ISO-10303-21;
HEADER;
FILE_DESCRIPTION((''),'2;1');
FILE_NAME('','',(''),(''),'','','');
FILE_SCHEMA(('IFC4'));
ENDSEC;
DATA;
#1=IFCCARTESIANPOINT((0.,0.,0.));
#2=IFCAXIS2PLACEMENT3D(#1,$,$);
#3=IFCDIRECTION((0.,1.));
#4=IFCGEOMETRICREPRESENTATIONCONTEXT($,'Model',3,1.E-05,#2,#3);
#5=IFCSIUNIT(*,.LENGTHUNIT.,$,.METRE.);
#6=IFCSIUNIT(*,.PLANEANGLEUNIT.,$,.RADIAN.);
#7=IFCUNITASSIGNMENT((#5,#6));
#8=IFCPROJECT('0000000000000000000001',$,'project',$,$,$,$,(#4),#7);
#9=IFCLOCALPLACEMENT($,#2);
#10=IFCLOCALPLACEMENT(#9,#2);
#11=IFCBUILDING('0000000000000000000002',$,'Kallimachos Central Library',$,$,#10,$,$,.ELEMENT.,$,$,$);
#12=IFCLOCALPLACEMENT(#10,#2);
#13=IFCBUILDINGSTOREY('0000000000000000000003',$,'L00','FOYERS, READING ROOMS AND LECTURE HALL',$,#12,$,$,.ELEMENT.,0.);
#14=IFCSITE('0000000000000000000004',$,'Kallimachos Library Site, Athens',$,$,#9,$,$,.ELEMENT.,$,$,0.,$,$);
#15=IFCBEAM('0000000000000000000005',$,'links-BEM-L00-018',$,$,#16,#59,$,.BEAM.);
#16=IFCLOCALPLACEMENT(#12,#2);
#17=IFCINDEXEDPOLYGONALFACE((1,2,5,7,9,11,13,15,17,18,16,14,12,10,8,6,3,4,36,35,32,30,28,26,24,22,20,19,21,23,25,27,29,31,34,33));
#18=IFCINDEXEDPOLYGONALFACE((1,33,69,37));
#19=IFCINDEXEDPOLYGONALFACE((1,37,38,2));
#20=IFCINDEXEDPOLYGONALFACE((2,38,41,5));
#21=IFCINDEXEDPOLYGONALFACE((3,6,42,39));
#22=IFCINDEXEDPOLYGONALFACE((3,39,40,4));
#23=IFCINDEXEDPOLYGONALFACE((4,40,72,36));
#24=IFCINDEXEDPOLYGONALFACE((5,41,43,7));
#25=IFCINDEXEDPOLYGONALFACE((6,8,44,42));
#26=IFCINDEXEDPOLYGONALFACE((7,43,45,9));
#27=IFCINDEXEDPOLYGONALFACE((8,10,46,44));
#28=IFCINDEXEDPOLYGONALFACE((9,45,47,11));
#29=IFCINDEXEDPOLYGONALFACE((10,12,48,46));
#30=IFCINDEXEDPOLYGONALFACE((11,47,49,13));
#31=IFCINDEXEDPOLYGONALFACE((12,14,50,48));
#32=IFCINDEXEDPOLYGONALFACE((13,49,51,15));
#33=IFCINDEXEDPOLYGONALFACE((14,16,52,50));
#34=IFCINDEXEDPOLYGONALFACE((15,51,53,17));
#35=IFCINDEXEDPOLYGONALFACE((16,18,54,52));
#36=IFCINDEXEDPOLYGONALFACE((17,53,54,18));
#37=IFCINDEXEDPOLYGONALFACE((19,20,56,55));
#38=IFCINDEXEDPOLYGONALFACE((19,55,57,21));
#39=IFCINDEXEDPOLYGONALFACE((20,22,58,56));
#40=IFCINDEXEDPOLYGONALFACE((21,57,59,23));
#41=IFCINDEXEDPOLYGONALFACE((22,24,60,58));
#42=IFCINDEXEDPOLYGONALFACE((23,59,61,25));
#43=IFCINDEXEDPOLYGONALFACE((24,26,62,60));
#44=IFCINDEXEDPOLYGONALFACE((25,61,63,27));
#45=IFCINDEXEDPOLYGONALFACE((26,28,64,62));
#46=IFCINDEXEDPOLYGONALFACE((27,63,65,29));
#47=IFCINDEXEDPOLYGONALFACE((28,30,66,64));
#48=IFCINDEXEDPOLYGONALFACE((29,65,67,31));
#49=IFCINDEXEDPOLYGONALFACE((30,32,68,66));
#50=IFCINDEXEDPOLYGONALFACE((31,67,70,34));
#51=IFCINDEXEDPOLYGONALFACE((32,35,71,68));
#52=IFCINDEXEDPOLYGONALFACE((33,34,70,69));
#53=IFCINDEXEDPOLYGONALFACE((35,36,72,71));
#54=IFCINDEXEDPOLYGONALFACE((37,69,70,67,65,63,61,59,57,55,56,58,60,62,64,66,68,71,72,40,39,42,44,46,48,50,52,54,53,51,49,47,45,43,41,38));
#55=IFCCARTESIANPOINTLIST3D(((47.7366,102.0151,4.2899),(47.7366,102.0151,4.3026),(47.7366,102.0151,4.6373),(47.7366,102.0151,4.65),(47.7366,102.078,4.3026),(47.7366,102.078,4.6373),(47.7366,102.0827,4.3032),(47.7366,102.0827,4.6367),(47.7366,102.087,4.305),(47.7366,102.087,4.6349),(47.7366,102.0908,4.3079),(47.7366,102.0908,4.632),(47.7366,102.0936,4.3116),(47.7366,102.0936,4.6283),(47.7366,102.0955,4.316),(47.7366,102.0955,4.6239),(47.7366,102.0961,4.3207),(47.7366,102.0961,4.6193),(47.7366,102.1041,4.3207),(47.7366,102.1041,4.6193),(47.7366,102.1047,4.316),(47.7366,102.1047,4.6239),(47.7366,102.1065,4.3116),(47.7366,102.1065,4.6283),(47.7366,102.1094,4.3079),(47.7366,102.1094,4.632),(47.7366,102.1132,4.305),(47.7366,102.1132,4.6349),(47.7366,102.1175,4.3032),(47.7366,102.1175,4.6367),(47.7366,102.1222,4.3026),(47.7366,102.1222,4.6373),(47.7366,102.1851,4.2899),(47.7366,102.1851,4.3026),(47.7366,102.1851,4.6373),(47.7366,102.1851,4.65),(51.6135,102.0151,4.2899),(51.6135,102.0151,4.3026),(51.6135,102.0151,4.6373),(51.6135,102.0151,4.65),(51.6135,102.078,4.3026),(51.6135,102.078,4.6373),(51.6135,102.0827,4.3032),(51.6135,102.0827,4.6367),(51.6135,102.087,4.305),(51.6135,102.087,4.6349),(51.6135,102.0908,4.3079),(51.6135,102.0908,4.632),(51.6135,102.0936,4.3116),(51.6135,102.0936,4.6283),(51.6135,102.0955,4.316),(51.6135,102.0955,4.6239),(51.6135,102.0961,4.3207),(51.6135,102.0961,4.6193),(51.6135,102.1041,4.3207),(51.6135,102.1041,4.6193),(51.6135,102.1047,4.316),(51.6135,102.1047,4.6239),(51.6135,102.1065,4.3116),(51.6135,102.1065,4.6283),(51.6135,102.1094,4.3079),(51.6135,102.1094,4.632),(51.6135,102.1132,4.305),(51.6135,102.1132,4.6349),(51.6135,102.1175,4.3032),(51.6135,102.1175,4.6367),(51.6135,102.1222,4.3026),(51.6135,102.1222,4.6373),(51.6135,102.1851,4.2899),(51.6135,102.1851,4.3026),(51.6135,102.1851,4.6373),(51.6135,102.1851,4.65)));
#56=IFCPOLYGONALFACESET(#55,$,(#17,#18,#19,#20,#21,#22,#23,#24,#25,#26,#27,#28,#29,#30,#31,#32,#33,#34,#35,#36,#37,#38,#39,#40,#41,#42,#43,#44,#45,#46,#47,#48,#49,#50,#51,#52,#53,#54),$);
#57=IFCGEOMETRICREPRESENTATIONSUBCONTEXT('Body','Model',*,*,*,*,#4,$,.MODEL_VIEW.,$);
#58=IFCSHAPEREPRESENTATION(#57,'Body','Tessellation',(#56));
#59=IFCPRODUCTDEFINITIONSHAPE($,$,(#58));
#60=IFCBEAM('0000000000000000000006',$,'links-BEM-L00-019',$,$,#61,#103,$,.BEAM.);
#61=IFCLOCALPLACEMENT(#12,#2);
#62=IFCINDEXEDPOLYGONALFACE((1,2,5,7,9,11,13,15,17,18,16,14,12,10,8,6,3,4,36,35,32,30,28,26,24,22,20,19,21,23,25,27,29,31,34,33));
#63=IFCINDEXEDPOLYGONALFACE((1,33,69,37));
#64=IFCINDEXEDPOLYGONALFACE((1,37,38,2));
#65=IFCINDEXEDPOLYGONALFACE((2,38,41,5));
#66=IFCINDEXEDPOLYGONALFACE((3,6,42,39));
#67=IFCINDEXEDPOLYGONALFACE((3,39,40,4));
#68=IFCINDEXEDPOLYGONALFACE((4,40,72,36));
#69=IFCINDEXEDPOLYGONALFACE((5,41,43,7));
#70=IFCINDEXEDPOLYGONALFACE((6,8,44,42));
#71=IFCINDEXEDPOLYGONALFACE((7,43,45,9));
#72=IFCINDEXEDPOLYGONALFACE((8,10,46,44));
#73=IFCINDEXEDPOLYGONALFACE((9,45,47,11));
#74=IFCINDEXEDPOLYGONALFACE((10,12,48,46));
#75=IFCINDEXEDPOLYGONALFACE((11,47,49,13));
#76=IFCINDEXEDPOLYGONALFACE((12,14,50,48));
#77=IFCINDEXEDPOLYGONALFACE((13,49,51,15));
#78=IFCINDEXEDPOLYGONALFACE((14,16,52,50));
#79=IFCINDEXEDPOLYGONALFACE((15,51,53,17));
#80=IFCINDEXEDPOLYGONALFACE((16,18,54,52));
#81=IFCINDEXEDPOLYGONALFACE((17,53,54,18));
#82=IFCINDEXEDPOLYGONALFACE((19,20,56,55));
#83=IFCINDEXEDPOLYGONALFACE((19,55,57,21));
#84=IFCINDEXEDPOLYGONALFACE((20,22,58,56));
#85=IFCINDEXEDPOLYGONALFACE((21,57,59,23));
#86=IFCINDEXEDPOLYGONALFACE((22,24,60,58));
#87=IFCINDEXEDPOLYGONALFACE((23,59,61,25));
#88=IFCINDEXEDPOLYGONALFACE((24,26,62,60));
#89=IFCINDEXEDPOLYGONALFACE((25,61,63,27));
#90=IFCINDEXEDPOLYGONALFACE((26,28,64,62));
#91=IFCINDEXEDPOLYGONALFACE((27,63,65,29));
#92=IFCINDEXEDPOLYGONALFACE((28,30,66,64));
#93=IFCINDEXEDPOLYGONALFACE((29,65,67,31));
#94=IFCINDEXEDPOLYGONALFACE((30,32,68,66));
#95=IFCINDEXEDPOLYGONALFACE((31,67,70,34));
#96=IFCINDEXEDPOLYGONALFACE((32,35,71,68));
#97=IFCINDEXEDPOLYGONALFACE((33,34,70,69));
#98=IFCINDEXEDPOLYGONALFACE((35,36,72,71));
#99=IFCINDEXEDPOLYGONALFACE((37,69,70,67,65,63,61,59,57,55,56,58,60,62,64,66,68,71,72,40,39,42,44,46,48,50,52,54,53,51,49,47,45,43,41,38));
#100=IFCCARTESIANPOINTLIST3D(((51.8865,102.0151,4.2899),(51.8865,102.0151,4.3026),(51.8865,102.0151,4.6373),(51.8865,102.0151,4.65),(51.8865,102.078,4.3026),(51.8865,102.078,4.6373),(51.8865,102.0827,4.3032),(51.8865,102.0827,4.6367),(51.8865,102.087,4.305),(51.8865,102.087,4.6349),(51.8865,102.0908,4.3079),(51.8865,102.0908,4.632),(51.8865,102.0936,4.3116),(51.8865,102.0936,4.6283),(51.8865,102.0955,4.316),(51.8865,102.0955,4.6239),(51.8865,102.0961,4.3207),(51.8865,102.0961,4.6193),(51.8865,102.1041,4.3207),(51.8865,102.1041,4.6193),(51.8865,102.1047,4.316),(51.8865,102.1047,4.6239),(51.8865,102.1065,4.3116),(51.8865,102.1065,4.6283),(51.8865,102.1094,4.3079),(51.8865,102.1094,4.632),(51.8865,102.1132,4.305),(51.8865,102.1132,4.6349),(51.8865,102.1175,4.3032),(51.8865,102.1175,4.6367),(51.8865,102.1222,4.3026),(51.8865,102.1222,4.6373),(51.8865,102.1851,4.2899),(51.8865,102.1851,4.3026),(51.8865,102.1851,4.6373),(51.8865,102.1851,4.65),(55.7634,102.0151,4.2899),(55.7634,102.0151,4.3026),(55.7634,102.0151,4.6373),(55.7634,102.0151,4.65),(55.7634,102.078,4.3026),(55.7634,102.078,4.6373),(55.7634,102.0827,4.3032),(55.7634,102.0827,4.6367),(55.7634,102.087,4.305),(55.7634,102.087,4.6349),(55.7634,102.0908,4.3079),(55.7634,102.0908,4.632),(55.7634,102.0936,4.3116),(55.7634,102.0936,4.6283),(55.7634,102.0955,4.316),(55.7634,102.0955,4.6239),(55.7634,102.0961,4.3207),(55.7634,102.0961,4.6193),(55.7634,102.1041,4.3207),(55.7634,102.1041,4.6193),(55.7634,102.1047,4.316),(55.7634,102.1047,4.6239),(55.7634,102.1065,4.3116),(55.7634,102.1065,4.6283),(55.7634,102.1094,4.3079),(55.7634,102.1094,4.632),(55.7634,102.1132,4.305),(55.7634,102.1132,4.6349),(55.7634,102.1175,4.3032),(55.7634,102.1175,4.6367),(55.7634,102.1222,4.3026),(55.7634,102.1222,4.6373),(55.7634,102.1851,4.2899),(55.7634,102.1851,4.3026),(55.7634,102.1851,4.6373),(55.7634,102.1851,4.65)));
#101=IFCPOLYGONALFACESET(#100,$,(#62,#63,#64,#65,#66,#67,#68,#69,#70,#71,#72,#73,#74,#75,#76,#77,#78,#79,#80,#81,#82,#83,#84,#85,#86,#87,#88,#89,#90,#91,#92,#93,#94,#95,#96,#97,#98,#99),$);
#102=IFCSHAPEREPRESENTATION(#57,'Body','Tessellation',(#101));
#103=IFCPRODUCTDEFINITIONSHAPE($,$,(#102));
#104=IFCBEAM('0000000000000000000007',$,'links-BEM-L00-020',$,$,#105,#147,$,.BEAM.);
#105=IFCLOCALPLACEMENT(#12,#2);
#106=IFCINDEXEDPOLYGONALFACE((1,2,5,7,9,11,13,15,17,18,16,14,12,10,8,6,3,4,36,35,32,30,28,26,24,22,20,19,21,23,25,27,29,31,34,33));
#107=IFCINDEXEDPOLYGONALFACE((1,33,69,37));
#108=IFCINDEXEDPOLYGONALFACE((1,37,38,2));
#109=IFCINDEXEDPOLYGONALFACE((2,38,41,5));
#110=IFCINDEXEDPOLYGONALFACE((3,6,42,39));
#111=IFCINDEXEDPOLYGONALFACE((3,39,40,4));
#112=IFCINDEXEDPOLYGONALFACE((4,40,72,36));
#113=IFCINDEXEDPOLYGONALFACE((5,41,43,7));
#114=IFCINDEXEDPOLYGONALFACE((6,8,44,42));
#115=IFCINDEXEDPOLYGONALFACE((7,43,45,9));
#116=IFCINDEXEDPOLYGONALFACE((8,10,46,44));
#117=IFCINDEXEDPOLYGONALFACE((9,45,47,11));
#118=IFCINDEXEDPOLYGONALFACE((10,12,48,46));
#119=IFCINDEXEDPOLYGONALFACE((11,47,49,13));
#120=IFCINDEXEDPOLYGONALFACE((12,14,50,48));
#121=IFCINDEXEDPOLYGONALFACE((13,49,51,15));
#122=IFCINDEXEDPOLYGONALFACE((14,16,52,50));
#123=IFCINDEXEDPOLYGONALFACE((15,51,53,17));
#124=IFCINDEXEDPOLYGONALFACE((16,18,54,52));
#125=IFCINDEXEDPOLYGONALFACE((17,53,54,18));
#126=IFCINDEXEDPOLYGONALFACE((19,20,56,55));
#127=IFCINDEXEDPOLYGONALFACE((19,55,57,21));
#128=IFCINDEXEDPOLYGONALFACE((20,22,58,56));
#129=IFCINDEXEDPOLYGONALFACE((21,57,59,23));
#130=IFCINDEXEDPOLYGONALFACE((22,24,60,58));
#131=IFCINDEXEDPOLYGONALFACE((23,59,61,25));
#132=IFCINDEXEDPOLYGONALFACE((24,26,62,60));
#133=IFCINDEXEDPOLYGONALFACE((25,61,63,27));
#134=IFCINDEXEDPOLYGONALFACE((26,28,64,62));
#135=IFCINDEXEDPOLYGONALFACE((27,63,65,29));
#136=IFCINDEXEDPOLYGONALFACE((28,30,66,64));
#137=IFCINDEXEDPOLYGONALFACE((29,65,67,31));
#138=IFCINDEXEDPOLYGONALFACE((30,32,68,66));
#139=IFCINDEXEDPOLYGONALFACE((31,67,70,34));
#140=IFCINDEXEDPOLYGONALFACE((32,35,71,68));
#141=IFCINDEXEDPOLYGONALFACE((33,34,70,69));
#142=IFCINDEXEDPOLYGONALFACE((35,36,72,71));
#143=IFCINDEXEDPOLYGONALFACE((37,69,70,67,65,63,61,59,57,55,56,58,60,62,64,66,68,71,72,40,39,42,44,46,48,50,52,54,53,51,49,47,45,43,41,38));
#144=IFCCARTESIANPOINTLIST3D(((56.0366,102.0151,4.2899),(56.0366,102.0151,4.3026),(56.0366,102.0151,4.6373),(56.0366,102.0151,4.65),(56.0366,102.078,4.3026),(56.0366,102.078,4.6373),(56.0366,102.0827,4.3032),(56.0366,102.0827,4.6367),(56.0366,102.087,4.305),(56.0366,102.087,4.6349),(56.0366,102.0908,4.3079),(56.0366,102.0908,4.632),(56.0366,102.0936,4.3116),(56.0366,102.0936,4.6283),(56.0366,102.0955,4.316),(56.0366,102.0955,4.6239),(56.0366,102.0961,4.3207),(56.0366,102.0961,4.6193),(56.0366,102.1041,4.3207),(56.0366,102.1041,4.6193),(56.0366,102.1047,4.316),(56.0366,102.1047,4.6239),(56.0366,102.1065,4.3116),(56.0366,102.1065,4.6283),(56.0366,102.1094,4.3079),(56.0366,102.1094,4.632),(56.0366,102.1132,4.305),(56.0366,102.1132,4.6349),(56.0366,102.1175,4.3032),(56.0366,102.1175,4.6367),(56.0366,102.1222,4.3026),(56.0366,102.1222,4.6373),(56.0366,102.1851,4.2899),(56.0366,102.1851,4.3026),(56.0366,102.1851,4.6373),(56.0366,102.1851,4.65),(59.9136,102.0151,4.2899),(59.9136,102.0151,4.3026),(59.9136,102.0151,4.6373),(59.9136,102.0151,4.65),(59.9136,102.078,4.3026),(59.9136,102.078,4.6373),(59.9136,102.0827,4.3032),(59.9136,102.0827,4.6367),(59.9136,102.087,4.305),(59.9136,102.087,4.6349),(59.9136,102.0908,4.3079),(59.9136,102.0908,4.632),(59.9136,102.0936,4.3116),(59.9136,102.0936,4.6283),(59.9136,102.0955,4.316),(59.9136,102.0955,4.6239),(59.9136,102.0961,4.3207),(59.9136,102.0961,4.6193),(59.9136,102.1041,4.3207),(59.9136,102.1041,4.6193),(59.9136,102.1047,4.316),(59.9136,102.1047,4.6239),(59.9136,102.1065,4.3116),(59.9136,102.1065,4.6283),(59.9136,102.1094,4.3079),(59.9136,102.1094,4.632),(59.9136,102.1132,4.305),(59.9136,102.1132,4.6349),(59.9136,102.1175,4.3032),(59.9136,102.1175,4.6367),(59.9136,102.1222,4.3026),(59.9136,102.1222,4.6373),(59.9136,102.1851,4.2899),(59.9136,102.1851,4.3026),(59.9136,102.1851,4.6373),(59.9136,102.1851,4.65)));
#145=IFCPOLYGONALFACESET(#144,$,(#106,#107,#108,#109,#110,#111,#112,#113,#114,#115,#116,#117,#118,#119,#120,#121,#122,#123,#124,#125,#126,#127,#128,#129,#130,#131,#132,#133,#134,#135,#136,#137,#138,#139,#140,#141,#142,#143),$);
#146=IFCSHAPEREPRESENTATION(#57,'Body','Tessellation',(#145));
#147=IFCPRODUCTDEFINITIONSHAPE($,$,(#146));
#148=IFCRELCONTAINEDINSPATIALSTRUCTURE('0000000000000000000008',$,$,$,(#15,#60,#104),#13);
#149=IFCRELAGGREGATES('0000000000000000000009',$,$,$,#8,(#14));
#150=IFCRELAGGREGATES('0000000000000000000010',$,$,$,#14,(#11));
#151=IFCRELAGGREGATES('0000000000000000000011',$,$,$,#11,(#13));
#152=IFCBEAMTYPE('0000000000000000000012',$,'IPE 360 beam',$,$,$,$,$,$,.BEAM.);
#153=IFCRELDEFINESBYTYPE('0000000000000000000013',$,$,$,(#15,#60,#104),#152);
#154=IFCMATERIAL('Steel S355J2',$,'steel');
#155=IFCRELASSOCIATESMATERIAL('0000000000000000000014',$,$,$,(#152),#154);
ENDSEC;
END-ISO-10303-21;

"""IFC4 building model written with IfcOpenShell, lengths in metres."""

from ifc_helpers import new_model, si_unit, direction, frame, origin, origin_2d, place, context, subcontext, project, spatial, i_section, extrude, material, material_profile, profile_set, type_object, element, save


model = new_model("IFC4")

# Units and contexts
model_context = context("Model", 3, precision=1e-05, world=origin(), true_north=direction((0.0, 1.0)))
body_context = subcontext(model_context, "Body", "Model", "MODEL_VIEW")
ifc_project = project(units=[si_unit("LENGTHUNIT", "METRE"), si_unit("PLANEANGLEUNIT", "RADIAN")], contexts=[model_context])

# Site, building, storey
site_placement = place(None, origin())
site = spatial("IfcSite", under=ifc_project, at=site_placement, Name="Kallimachos Library Site, Athens", CompositionType="ELEMENT", RefElevation=0.0)
building_placement = place(site_placement, origin())
building = spatial("IfcBuilding", under=site, at=building_placement, Name="Kallimachos Central Library", CompositionType="ELEMENT")
storey_placement = place(building_placement, origin())
storey = spatial("IfcBuildingStorey", under=building, at=storey_placement, Name="L00", Description="FOYERS, READING ROOMS AND LECTURE HALL", CompositionType="ELEMENT", Elevation=0.0)

# Beams
ifc_material_1 = material(Name="Steel S355J2", Category="steel")
ifc_material_profile_1 = material_profile(ifc_material_1, i_section(OverallWidth=0.1699, OverallDepth=0.3601, WebThickness=0.0081, FlangeThickness=0.0127, FilletRadius=0.0181, at=origin_2d()), Name="IPE 360")
ifc_profile_set_1 = profile_set([ifc_material_profile_1], Name="Steel S355J2")
beam_type_1 = type_object("IfcBeamType", Name="IPE 360 beam", PredefinedType="BEAM", material=ifc_profile_set_1)
for number, where, z_axis, x_axis, name in (
    (1, (47.7366, 102.1001, 4.47), (1.0, 0.0, 0.0), (0.0, 1.0, 0.0), "links-BEM-L00-018"),
    (2, (51.8865, 102.1001, 4.47), (1.0, 0.0, 0.0), (0.0, 1.0, 0.0), "links-BEM-L00-019"),
    (3, (56.0366, 102.1001, 4.47), (1.0, 0.0, 0.0), (0.0, 1.0, 0.0), "links-BEM-L00-020"),
):
    element("IfcBeam", number, at=place(storey_placement, frame(where, z_axis=z_axis, x_axis=x_axis)), inside=storey, type_object=beam_type_1, Name=name, PredefinedType="BEAM", context=body_context, shape_type="SweptSolid", body=[
        extrude(i_section(OverallWidth=0.1699, OverallDepth=0.3601, WebThickness=0.0081, FlangeThickness=0.0127, FilletRadius=0.0181, at=origin_2d()), origin(), (0.0, 0.0, 1.0), 3.877),
    ])

save(model, "model.ifc")
